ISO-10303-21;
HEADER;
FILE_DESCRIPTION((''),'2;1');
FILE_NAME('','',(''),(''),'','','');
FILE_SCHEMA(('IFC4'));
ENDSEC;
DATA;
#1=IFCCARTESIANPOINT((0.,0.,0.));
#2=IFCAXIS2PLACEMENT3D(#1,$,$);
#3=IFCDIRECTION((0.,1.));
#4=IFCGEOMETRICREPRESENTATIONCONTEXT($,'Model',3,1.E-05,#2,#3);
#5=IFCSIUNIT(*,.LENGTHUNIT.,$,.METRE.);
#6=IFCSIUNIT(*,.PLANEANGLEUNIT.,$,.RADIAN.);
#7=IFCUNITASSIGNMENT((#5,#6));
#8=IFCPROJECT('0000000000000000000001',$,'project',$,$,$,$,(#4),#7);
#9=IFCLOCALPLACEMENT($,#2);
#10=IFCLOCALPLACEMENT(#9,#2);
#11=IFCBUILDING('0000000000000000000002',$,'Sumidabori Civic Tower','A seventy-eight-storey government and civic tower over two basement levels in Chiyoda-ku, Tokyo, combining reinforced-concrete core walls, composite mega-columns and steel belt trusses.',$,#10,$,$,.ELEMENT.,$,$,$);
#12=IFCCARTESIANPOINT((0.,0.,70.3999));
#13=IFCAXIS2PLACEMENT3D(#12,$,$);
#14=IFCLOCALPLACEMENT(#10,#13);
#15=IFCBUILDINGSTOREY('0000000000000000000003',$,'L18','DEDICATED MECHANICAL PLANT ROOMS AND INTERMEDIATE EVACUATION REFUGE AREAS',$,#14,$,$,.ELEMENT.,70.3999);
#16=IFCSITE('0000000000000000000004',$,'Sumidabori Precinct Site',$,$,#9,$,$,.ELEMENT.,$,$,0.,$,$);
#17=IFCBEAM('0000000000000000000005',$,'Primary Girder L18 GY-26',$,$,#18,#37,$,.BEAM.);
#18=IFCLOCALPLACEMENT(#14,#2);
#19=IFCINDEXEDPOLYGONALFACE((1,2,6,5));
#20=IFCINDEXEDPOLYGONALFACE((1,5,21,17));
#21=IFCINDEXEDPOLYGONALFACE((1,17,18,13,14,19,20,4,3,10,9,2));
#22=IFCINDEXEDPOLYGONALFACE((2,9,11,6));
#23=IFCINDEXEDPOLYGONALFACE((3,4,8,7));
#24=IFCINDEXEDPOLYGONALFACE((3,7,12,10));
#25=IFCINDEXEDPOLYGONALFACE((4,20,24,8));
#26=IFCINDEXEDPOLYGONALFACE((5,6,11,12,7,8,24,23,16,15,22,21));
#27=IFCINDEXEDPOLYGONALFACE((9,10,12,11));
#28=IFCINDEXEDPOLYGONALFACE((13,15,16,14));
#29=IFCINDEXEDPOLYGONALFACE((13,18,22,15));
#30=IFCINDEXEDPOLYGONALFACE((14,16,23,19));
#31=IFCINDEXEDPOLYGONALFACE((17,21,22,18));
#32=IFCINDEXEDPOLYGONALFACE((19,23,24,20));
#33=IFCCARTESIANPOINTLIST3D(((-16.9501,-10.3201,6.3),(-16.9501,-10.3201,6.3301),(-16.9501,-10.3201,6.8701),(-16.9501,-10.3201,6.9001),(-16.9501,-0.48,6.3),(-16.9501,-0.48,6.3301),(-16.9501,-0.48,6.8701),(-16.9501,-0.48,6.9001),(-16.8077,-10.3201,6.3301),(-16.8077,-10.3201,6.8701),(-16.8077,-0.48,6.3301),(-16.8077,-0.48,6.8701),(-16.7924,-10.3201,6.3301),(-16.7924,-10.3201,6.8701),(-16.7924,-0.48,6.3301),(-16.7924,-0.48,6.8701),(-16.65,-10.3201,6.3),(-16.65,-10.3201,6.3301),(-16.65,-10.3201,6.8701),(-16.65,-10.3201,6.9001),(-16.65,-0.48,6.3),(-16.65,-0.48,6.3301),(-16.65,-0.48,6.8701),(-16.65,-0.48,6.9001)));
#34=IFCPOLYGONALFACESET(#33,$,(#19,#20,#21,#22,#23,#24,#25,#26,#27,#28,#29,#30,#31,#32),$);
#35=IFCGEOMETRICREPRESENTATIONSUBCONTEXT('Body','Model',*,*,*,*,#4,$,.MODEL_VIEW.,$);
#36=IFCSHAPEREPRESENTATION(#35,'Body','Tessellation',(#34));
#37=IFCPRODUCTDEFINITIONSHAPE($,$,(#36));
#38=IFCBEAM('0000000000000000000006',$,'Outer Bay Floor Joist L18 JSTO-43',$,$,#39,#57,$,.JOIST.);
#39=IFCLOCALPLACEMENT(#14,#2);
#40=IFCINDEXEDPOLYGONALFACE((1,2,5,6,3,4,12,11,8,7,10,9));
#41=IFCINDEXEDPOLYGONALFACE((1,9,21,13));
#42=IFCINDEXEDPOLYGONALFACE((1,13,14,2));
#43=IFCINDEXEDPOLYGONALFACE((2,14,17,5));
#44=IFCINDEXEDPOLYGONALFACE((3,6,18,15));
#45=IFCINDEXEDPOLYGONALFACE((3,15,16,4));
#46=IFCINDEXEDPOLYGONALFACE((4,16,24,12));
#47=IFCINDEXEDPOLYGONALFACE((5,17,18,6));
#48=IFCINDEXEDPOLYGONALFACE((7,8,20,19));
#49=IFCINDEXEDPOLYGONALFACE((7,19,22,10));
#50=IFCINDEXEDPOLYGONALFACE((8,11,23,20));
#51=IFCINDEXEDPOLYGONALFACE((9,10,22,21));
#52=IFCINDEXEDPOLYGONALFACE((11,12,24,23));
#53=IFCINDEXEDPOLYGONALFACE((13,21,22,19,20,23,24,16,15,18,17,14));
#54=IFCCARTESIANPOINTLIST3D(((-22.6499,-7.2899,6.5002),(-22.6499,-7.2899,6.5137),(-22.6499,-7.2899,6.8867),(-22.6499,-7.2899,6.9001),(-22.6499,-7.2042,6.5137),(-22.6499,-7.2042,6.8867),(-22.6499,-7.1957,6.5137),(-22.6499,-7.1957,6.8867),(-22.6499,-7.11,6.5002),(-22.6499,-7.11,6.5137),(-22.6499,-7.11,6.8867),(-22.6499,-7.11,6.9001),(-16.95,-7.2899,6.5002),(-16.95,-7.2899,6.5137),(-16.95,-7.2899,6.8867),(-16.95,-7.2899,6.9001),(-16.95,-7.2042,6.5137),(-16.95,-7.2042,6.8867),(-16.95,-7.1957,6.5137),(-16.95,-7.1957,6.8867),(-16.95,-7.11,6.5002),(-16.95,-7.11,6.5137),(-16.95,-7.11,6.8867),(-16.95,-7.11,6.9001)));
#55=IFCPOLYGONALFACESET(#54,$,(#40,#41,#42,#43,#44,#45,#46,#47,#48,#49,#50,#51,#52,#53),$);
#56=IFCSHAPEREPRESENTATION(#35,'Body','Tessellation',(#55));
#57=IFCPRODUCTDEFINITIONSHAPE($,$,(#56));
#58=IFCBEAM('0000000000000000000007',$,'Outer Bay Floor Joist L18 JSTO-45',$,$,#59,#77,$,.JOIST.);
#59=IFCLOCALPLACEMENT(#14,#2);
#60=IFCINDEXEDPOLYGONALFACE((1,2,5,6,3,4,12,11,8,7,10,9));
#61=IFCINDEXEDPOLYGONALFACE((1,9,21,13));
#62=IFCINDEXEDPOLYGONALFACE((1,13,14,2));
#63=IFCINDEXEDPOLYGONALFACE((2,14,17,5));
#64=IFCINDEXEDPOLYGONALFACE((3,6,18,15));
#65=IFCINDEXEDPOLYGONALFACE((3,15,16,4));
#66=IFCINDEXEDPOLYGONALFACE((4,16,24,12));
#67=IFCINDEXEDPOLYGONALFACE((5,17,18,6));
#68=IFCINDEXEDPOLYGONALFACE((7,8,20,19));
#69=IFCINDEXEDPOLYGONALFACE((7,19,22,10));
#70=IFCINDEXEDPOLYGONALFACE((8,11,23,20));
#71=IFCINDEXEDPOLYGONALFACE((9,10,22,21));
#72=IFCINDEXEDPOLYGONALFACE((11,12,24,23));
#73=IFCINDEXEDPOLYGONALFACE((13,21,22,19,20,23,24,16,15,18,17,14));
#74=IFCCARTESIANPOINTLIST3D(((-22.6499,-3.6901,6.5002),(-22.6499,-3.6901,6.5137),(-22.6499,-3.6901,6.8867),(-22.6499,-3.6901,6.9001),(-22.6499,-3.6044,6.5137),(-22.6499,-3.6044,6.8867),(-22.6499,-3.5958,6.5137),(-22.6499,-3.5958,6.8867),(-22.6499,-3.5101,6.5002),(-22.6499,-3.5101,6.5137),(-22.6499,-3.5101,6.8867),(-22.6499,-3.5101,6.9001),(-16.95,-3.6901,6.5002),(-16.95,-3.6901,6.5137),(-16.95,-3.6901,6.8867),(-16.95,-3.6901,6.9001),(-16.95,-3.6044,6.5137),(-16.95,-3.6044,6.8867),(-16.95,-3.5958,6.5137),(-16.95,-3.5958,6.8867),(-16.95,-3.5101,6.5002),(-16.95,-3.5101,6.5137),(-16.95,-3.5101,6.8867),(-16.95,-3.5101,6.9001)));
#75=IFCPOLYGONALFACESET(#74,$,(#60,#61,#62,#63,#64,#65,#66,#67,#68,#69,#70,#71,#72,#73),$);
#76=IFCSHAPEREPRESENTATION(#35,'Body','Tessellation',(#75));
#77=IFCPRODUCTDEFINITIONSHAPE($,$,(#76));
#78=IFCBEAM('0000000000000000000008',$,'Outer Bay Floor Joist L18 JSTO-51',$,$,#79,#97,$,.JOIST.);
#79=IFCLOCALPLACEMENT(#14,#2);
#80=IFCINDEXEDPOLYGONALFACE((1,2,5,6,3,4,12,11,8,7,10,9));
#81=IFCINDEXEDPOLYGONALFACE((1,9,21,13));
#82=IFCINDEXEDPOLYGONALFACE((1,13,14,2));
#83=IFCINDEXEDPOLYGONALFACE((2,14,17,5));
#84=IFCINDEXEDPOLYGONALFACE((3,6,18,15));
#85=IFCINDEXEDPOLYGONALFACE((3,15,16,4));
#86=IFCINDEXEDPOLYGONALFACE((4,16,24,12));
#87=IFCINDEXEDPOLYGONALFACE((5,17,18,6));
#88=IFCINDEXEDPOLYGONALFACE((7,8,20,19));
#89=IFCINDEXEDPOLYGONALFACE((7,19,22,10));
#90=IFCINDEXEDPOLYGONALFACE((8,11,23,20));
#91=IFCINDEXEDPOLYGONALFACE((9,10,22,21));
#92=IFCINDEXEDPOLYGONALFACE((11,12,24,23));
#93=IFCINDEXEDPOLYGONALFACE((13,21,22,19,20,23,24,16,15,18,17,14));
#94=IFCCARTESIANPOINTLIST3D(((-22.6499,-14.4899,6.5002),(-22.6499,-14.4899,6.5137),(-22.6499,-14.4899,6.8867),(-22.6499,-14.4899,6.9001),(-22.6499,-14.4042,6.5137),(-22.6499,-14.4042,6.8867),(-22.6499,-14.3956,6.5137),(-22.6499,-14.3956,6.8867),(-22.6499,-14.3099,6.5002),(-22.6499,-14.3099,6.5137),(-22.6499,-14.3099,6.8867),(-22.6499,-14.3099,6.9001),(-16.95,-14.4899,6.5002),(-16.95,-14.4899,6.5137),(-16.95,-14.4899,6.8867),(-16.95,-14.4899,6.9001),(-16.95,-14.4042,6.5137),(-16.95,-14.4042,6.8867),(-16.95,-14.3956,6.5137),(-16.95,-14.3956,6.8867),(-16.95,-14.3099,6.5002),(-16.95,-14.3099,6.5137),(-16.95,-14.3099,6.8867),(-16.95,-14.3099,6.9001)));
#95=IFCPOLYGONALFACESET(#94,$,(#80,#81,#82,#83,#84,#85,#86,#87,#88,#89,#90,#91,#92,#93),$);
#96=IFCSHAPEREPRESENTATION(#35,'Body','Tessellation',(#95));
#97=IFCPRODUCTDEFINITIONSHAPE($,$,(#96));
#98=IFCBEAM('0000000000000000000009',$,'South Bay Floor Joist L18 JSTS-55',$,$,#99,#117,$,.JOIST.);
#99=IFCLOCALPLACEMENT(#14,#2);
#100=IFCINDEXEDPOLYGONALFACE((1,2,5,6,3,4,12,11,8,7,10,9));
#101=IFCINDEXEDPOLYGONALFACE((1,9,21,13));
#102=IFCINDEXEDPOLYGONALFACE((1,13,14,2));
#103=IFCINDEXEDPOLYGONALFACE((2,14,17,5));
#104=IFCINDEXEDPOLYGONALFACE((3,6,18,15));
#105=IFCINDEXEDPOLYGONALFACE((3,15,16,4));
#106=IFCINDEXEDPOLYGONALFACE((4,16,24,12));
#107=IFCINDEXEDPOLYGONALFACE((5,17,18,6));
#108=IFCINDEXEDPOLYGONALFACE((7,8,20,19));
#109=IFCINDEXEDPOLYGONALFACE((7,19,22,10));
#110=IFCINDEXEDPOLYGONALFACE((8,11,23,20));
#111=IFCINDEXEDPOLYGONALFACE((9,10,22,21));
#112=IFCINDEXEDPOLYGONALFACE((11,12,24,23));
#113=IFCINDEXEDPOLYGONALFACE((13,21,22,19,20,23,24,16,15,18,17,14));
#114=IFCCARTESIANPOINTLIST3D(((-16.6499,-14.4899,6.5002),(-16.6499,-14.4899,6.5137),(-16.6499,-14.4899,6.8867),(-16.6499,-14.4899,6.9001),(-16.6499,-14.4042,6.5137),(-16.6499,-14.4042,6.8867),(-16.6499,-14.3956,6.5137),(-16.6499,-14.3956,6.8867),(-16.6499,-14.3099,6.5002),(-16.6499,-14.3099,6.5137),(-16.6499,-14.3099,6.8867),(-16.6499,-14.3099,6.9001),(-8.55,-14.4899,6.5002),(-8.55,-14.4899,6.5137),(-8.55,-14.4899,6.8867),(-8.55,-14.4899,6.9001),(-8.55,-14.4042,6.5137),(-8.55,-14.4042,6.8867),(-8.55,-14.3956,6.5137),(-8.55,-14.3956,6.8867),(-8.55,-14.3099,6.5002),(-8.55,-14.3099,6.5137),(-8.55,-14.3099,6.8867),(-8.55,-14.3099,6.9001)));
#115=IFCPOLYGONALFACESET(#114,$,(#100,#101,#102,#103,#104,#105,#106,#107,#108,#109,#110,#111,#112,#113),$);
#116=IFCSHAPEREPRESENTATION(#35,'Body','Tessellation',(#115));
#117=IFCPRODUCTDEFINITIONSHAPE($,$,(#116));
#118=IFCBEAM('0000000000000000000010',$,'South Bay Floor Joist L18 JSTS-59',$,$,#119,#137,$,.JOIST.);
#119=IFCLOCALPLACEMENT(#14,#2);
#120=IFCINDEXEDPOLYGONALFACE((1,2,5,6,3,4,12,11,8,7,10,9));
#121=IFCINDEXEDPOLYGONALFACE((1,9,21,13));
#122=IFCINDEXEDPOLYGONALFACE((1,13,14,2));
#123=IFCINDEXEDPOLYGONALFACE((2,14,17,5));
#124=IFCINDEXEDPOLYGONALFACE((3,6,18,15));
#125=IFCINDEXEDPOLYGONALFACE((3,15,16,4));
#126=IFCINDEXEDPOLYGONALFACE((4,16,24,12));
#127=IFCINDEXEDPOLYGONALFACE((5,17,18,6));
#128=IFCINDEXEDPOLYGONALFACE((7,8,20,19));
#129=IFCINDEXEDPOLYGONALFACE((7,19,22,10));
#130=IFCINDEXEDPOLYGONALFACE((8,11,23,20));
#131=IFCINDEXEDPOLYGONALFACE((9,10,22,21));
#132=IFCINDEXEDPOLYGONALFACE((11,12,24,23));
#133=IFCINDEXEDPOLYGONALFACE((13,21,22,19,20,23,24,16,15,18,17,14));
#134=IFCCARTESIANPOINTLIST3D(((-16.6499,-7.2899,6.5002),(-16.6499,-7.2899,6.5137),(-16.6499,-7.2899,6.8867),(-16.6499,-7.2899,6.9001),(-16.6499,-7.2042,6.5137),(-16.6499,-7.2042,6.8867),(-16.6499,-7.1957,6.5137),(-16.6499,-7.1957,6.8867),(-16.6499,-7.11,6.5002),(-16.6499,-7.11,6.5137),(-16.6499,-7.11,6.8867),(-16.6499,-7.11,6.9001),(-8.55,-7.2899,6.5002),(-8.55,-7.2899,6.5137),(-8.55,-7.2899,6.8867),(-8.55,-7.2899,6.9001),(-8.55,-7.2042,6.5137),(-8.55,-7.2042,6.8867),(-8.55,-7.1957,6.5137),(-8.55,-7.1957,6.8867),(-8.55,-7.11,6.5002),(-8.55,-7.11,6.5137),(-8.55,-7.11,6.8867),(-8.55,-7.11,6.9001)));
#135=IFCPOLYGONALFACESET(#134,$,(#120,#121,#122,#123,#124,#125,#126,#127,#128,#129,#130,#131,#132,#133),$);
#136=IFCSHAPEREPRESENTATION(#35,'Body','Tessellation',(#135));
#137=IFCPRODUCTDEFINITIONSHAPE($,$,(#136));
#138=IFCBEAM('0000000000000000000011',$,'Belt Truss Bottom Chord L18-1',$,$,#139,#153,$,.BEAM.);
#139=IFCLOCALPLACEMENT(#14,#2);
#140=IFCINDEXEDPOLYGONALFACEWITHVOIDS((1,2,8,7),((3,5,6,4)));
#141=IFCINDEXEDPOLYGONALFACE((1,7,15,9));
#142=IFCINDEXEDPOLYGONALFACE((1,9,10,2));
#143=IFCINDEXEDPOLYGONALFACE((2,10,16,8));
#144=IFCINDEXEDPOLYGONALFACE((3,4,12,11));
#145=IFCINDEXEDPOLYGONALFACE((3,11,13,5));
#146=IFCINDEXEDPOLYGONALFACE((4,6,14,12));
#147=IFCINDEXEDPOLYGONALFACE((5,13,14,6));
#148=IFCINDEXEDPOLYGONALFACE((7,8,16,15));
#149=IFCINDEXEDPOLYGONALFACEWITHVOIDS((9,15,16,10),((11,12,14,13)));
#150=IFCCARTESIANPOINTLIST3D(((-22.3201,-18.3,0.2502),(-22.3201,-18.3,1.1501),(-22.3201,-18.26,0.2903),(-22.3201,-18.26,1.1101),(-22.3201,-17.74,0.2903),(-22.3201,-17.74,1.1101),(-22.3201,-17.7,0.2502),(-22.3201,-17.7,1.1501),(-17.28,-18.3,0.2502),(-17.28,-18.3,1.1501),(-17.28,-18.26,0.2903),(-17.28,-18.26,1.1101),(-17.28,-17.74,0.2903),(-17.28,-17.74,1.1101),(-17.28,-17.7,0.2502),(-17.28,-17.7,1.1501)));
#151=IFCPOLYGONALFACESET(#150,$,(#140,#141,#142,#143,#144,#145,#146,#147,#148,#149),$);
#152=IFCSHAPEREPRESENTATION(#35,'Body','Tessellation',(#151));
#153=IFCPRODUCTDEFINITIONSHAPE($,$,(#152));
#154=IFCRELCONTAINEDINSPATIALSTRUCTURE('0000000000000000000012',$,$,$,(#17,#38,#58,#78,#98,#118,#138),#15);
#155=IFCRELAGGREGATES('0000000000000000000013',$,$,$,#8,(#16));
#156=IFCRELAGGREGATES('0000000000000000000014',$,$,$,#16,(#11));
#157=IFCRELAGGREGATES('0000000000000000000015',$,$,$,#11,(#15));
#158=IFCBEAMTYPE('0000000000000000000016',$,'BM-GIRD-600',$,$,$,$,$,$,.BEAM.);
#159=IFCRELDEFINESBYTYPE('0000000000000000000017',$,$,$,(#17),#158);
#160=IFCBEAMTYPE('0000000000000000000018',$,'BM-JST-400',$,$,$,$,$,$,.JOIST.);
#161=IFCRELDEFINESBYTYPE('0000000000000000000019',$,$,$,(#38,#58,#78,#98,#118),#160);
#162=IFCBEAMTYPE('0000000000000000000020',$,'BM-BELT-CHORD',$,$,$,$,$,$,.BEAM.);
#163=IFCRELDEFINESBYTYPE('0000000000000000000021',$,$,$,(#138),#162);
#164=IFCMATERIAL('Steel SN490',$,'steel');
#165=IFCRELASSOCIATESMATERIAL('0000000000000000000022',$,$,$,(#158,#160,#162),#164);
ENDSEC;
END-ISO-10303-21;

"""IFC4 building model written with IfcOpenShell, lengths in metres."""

from ifc_helpers import new_model, si_unit, direction, frame, origin, origin_2d, place, context, subcontext, project, spatial, hollow_rectangle, i_section, extrude, source, transform, mapped, material, material_profile, profile_set, type_object, element, save


model = new_model("IFC4")

# Units and contexts
model_context = context("Model", 3, precision=1e-05, world=origin(), true_north=direction((0.0, 1.0)))
body_context = subcontext(model_context, "Body", "Model", "MODEL_VIEW")
ifc_project = project(units=[si_unit("LENGTHUNIT", "METRE"), si_unit("PLANEANGLEUNIT", "RADIAN")], contexts=[model_context])

# Site, building, storey
site_placement = place(None, origin())
site = spatial("IfcSite", under=ifc_project, at=site_placement, Name="Sumidabori Precinct Site", CompositionType="ELEMENT", RefElevation=0.0)
building_placement = place(site_placement, origin())
building = spatial("IfcBuilding", under=site, at=building_placement, Name="Sumidabori Civic Tower", Description="A seventy-eight-storey government and civic tower over two basement levels in Chiyoda-ku, Tokyo, combining reinforced-concrete core walls, composite mega-columns and steel belt trusses.", CompositionType="ELEMENT")
storey_placement = place(building_placement, frame((0.0, 0.0, 70.3999)))
storey = spatial("IfcBuildingStorey", under=building, at=storey_placement, Name="L18", Description="DEDICATED MECHANICAL PLANT ROOMS AND INTERMEDIATE EVACUATION REFUGE AREAS", CompositionType="ELEMENT", Elevation=70.3999)

# Beams
ifc_material_1 = material(Name="Steel SN490", Category="steel")
ifc_material_profile_1 = material_profile(ifc_material_1, i_section(OverallWidth=0.3, OverallDepth=0.6001, WebThickness=0.0154, FlangeThickness=0.03, at=origin_2d()), Name="HE 600 B")
ifc_profile_set_1 = profile_set([ifc_material_profile_1], Name="Steel SN490")
beam_type_1 = type_object("IfcBeamType", Name="BM-GIRD-600", PredefinedType="BEAM", material=ifc_profile_set_1)
shared_shape_1 = source(origin(), body_context, "Body", "SweptSolid", [
    extrude(i_section(OverallWidth=0.3, OverallDepth=0.6001, WebThickness=0.0154, FlangeThickness=0.03, at=origin_2d()), origin(), (0.0, 0.0, 1.0), 9.8401),
])
for number, where, z_axis, x_axis, name in (
    (1, (-16.8, -10.3201, 6.6001), (0.0, 1.0, 0.0), (-1.0, 0.0, 0.0), "Primary Girder L18 GY-26"),
):
    element("IfcBeam", number, at=place(storey_placement, frame(where, z_axis=z_axis, x_axis=x_axis)), inside=storey, type_object=beam_type_1, Name=name, PredefinedType="BEAM", context=body_context, shape_type="MappedRepresentation", body=[
        mapped(shared_shape_1, transform((0.0, 0.0, 0.0), x_axis=(1.0, 0.0, 0.0), y_axis=(0.0, 1.0, 0.0), z_axis=(0.0, 0.0, 1.0), scale=1.0)),
    ])
ifc_material_profile_2 = material_profile(ifc_material_1, i_section(OverallWidth=0.1799, OverallDepth=0.3999, WebThickness=0.0085, FlangeThickness=0.0134, at=origin_2d()), Name="IPE 400")
ifc_profile_set_2 = profile_set([ifc_material_profile_2], Name="Steel SN490")
beam_type_2 = type_object("IfcBeamType", Name="BM-JST-400", PredefinedType="JOIST", material=ifc_profile_set_2)
shared_shape_2 = source(origin(), body_context, "Body", "SweptSolid", [
    extrude(i_section(OverallWidth=0.1799, OverallDepth=0.3999, WebThickness=0.0085, FlangeThickness=0.0134, at=origin_2d()), origin(), (0.0, 0.0, 1.0), 5.7),
])
for number, where, z_axis, x_axis, name in (
    (2, (-22.6499, -7.2, 6.7002), (1.0, 0.0, 0.0), (0.0, 1.0, 0.0), "Outer Bay Floor Joist L18 JSTO-43"),
    (3, (-22.6499, -3.6001, 6.7002), (1.0, 0.0, 0.0), (0.0, 1.0, 0.0), "Outer Bay Floor Joist L18 JSTO-45"),
    (4, (-22.6499, -14.3999, 6.7002), (1.0, 0.0, 0.0), (0.0, 1.0, 0.0), "Outer Bay Floor Joist L18 JSTO-51"),
):
    element("IfcBeam", number, at=place(storey_placement, frame(where, z_axis=z_axis, x_axis=x_axis)), inside=storey, type_object=beam_type_2, Name=name, PredefinedType="JOIST", context=body_context, shape_type="MappedRepresentation", body=[
        mapped(shared_shape_2, transform((0.0, 0.0, 0.0), x_axis=(1.0, 0.0, 0.0), y_axis=(0.0, 1.0, 0.0), z_axis=(0.0, 0.0, 1.0), scale=1.0)),
    ])
shared_shape_3 = source(origin(), body_context, "Body", "SweptSolid", [
    extrude(i_section(OverallWidth=0.1799, OverallDepth=0.3999, WebThickness=0.0085, FlangeThickness=0.0134, at=origin_2d()), origin(), (0.0, 0.0, 1.0), 8.0999),
])
for number, where, z_axis, x_axis, name in (
    (5, (-16.6499, -14.3999, 6.7002), (1.0, 0.0, 0.0), (0.0, 1.0, 0.0), "South Bay Floor Joist L18 JSTS-55"),
    (6, (-16.6499, -7.2, 6.7002), (1.0, 0.0, 0.0), (0.0, 1.0, 0.0), "South Bay Floor Joist L18 JSTS-59"),
):
    element("IfcBeam", number, at=place(storey_placement, frame(where, z_axis=z_axis, x_axis=x_axis)), inside=storey, type_object=beam_type_2, Name=name, PredefinedType="JOIST", context=body_context, shape_type="MappedRepresentation", body=[
        mapped(shared_shape_3, transform((0.0, 0.0, 0.0), x_axis=(1.0, 0.0, 0.0), y_axis=(0.0, 1.0, 0.0), z_axis=(0.0, 0.0, 1.0), scale=1.0)),
    ])
ifc_material_profile_3 = material_profile(ifc_material_1, hollow_rectangle(XDim=0.6001, YDim=0.8999, WallThickness=0.04, at=origin_2d()), Name="RHS 900x600x40")
ifc_profile_set_3 = profile_set([ifc_material_profile_3], Name="Steel SN490")
beam_type_3 = type_object("IfcBeamType", Name="BM-BELT-CHORD", PredefinedType="BEAM", material=ifc_profile_set_3)
shared_shape_4 = source(origin(), body_context, "Body", "SweptSolid", [
    extrude(hollow_rectangle(XDim=0.6001, YDim=0.8999, WallThickness=0.04, at=origin_2d()), origin(), (0.0, 0.0, 1.0), 5.04),
])
beam_placement = place(storey_placement, frame((-22.3201, -18.0, 0.7002), z_axis=(1.0, 0.0, 0.0), x_axis=(0.0, 1.0, 0.0)))
element("IfcBeam", 7, at=beam_placement, inside=storey, type_object=beam_type_3, Name="Belt Truss Bottom Chord L18-1", PredefinedType="BEAM", context=body_context, shape_type="MappedRepresentation", body=[
    mapped(shared_shape_4, transform((0.0, 0.0, 0.0), x_axis=(1.0, 0.0, 0.0), y_axis=(0.0, 1.0, 0.0), z_axis=(0.0, 0.0, 1.0), scale=1.0)),
])

save(model, "model.ifc")
